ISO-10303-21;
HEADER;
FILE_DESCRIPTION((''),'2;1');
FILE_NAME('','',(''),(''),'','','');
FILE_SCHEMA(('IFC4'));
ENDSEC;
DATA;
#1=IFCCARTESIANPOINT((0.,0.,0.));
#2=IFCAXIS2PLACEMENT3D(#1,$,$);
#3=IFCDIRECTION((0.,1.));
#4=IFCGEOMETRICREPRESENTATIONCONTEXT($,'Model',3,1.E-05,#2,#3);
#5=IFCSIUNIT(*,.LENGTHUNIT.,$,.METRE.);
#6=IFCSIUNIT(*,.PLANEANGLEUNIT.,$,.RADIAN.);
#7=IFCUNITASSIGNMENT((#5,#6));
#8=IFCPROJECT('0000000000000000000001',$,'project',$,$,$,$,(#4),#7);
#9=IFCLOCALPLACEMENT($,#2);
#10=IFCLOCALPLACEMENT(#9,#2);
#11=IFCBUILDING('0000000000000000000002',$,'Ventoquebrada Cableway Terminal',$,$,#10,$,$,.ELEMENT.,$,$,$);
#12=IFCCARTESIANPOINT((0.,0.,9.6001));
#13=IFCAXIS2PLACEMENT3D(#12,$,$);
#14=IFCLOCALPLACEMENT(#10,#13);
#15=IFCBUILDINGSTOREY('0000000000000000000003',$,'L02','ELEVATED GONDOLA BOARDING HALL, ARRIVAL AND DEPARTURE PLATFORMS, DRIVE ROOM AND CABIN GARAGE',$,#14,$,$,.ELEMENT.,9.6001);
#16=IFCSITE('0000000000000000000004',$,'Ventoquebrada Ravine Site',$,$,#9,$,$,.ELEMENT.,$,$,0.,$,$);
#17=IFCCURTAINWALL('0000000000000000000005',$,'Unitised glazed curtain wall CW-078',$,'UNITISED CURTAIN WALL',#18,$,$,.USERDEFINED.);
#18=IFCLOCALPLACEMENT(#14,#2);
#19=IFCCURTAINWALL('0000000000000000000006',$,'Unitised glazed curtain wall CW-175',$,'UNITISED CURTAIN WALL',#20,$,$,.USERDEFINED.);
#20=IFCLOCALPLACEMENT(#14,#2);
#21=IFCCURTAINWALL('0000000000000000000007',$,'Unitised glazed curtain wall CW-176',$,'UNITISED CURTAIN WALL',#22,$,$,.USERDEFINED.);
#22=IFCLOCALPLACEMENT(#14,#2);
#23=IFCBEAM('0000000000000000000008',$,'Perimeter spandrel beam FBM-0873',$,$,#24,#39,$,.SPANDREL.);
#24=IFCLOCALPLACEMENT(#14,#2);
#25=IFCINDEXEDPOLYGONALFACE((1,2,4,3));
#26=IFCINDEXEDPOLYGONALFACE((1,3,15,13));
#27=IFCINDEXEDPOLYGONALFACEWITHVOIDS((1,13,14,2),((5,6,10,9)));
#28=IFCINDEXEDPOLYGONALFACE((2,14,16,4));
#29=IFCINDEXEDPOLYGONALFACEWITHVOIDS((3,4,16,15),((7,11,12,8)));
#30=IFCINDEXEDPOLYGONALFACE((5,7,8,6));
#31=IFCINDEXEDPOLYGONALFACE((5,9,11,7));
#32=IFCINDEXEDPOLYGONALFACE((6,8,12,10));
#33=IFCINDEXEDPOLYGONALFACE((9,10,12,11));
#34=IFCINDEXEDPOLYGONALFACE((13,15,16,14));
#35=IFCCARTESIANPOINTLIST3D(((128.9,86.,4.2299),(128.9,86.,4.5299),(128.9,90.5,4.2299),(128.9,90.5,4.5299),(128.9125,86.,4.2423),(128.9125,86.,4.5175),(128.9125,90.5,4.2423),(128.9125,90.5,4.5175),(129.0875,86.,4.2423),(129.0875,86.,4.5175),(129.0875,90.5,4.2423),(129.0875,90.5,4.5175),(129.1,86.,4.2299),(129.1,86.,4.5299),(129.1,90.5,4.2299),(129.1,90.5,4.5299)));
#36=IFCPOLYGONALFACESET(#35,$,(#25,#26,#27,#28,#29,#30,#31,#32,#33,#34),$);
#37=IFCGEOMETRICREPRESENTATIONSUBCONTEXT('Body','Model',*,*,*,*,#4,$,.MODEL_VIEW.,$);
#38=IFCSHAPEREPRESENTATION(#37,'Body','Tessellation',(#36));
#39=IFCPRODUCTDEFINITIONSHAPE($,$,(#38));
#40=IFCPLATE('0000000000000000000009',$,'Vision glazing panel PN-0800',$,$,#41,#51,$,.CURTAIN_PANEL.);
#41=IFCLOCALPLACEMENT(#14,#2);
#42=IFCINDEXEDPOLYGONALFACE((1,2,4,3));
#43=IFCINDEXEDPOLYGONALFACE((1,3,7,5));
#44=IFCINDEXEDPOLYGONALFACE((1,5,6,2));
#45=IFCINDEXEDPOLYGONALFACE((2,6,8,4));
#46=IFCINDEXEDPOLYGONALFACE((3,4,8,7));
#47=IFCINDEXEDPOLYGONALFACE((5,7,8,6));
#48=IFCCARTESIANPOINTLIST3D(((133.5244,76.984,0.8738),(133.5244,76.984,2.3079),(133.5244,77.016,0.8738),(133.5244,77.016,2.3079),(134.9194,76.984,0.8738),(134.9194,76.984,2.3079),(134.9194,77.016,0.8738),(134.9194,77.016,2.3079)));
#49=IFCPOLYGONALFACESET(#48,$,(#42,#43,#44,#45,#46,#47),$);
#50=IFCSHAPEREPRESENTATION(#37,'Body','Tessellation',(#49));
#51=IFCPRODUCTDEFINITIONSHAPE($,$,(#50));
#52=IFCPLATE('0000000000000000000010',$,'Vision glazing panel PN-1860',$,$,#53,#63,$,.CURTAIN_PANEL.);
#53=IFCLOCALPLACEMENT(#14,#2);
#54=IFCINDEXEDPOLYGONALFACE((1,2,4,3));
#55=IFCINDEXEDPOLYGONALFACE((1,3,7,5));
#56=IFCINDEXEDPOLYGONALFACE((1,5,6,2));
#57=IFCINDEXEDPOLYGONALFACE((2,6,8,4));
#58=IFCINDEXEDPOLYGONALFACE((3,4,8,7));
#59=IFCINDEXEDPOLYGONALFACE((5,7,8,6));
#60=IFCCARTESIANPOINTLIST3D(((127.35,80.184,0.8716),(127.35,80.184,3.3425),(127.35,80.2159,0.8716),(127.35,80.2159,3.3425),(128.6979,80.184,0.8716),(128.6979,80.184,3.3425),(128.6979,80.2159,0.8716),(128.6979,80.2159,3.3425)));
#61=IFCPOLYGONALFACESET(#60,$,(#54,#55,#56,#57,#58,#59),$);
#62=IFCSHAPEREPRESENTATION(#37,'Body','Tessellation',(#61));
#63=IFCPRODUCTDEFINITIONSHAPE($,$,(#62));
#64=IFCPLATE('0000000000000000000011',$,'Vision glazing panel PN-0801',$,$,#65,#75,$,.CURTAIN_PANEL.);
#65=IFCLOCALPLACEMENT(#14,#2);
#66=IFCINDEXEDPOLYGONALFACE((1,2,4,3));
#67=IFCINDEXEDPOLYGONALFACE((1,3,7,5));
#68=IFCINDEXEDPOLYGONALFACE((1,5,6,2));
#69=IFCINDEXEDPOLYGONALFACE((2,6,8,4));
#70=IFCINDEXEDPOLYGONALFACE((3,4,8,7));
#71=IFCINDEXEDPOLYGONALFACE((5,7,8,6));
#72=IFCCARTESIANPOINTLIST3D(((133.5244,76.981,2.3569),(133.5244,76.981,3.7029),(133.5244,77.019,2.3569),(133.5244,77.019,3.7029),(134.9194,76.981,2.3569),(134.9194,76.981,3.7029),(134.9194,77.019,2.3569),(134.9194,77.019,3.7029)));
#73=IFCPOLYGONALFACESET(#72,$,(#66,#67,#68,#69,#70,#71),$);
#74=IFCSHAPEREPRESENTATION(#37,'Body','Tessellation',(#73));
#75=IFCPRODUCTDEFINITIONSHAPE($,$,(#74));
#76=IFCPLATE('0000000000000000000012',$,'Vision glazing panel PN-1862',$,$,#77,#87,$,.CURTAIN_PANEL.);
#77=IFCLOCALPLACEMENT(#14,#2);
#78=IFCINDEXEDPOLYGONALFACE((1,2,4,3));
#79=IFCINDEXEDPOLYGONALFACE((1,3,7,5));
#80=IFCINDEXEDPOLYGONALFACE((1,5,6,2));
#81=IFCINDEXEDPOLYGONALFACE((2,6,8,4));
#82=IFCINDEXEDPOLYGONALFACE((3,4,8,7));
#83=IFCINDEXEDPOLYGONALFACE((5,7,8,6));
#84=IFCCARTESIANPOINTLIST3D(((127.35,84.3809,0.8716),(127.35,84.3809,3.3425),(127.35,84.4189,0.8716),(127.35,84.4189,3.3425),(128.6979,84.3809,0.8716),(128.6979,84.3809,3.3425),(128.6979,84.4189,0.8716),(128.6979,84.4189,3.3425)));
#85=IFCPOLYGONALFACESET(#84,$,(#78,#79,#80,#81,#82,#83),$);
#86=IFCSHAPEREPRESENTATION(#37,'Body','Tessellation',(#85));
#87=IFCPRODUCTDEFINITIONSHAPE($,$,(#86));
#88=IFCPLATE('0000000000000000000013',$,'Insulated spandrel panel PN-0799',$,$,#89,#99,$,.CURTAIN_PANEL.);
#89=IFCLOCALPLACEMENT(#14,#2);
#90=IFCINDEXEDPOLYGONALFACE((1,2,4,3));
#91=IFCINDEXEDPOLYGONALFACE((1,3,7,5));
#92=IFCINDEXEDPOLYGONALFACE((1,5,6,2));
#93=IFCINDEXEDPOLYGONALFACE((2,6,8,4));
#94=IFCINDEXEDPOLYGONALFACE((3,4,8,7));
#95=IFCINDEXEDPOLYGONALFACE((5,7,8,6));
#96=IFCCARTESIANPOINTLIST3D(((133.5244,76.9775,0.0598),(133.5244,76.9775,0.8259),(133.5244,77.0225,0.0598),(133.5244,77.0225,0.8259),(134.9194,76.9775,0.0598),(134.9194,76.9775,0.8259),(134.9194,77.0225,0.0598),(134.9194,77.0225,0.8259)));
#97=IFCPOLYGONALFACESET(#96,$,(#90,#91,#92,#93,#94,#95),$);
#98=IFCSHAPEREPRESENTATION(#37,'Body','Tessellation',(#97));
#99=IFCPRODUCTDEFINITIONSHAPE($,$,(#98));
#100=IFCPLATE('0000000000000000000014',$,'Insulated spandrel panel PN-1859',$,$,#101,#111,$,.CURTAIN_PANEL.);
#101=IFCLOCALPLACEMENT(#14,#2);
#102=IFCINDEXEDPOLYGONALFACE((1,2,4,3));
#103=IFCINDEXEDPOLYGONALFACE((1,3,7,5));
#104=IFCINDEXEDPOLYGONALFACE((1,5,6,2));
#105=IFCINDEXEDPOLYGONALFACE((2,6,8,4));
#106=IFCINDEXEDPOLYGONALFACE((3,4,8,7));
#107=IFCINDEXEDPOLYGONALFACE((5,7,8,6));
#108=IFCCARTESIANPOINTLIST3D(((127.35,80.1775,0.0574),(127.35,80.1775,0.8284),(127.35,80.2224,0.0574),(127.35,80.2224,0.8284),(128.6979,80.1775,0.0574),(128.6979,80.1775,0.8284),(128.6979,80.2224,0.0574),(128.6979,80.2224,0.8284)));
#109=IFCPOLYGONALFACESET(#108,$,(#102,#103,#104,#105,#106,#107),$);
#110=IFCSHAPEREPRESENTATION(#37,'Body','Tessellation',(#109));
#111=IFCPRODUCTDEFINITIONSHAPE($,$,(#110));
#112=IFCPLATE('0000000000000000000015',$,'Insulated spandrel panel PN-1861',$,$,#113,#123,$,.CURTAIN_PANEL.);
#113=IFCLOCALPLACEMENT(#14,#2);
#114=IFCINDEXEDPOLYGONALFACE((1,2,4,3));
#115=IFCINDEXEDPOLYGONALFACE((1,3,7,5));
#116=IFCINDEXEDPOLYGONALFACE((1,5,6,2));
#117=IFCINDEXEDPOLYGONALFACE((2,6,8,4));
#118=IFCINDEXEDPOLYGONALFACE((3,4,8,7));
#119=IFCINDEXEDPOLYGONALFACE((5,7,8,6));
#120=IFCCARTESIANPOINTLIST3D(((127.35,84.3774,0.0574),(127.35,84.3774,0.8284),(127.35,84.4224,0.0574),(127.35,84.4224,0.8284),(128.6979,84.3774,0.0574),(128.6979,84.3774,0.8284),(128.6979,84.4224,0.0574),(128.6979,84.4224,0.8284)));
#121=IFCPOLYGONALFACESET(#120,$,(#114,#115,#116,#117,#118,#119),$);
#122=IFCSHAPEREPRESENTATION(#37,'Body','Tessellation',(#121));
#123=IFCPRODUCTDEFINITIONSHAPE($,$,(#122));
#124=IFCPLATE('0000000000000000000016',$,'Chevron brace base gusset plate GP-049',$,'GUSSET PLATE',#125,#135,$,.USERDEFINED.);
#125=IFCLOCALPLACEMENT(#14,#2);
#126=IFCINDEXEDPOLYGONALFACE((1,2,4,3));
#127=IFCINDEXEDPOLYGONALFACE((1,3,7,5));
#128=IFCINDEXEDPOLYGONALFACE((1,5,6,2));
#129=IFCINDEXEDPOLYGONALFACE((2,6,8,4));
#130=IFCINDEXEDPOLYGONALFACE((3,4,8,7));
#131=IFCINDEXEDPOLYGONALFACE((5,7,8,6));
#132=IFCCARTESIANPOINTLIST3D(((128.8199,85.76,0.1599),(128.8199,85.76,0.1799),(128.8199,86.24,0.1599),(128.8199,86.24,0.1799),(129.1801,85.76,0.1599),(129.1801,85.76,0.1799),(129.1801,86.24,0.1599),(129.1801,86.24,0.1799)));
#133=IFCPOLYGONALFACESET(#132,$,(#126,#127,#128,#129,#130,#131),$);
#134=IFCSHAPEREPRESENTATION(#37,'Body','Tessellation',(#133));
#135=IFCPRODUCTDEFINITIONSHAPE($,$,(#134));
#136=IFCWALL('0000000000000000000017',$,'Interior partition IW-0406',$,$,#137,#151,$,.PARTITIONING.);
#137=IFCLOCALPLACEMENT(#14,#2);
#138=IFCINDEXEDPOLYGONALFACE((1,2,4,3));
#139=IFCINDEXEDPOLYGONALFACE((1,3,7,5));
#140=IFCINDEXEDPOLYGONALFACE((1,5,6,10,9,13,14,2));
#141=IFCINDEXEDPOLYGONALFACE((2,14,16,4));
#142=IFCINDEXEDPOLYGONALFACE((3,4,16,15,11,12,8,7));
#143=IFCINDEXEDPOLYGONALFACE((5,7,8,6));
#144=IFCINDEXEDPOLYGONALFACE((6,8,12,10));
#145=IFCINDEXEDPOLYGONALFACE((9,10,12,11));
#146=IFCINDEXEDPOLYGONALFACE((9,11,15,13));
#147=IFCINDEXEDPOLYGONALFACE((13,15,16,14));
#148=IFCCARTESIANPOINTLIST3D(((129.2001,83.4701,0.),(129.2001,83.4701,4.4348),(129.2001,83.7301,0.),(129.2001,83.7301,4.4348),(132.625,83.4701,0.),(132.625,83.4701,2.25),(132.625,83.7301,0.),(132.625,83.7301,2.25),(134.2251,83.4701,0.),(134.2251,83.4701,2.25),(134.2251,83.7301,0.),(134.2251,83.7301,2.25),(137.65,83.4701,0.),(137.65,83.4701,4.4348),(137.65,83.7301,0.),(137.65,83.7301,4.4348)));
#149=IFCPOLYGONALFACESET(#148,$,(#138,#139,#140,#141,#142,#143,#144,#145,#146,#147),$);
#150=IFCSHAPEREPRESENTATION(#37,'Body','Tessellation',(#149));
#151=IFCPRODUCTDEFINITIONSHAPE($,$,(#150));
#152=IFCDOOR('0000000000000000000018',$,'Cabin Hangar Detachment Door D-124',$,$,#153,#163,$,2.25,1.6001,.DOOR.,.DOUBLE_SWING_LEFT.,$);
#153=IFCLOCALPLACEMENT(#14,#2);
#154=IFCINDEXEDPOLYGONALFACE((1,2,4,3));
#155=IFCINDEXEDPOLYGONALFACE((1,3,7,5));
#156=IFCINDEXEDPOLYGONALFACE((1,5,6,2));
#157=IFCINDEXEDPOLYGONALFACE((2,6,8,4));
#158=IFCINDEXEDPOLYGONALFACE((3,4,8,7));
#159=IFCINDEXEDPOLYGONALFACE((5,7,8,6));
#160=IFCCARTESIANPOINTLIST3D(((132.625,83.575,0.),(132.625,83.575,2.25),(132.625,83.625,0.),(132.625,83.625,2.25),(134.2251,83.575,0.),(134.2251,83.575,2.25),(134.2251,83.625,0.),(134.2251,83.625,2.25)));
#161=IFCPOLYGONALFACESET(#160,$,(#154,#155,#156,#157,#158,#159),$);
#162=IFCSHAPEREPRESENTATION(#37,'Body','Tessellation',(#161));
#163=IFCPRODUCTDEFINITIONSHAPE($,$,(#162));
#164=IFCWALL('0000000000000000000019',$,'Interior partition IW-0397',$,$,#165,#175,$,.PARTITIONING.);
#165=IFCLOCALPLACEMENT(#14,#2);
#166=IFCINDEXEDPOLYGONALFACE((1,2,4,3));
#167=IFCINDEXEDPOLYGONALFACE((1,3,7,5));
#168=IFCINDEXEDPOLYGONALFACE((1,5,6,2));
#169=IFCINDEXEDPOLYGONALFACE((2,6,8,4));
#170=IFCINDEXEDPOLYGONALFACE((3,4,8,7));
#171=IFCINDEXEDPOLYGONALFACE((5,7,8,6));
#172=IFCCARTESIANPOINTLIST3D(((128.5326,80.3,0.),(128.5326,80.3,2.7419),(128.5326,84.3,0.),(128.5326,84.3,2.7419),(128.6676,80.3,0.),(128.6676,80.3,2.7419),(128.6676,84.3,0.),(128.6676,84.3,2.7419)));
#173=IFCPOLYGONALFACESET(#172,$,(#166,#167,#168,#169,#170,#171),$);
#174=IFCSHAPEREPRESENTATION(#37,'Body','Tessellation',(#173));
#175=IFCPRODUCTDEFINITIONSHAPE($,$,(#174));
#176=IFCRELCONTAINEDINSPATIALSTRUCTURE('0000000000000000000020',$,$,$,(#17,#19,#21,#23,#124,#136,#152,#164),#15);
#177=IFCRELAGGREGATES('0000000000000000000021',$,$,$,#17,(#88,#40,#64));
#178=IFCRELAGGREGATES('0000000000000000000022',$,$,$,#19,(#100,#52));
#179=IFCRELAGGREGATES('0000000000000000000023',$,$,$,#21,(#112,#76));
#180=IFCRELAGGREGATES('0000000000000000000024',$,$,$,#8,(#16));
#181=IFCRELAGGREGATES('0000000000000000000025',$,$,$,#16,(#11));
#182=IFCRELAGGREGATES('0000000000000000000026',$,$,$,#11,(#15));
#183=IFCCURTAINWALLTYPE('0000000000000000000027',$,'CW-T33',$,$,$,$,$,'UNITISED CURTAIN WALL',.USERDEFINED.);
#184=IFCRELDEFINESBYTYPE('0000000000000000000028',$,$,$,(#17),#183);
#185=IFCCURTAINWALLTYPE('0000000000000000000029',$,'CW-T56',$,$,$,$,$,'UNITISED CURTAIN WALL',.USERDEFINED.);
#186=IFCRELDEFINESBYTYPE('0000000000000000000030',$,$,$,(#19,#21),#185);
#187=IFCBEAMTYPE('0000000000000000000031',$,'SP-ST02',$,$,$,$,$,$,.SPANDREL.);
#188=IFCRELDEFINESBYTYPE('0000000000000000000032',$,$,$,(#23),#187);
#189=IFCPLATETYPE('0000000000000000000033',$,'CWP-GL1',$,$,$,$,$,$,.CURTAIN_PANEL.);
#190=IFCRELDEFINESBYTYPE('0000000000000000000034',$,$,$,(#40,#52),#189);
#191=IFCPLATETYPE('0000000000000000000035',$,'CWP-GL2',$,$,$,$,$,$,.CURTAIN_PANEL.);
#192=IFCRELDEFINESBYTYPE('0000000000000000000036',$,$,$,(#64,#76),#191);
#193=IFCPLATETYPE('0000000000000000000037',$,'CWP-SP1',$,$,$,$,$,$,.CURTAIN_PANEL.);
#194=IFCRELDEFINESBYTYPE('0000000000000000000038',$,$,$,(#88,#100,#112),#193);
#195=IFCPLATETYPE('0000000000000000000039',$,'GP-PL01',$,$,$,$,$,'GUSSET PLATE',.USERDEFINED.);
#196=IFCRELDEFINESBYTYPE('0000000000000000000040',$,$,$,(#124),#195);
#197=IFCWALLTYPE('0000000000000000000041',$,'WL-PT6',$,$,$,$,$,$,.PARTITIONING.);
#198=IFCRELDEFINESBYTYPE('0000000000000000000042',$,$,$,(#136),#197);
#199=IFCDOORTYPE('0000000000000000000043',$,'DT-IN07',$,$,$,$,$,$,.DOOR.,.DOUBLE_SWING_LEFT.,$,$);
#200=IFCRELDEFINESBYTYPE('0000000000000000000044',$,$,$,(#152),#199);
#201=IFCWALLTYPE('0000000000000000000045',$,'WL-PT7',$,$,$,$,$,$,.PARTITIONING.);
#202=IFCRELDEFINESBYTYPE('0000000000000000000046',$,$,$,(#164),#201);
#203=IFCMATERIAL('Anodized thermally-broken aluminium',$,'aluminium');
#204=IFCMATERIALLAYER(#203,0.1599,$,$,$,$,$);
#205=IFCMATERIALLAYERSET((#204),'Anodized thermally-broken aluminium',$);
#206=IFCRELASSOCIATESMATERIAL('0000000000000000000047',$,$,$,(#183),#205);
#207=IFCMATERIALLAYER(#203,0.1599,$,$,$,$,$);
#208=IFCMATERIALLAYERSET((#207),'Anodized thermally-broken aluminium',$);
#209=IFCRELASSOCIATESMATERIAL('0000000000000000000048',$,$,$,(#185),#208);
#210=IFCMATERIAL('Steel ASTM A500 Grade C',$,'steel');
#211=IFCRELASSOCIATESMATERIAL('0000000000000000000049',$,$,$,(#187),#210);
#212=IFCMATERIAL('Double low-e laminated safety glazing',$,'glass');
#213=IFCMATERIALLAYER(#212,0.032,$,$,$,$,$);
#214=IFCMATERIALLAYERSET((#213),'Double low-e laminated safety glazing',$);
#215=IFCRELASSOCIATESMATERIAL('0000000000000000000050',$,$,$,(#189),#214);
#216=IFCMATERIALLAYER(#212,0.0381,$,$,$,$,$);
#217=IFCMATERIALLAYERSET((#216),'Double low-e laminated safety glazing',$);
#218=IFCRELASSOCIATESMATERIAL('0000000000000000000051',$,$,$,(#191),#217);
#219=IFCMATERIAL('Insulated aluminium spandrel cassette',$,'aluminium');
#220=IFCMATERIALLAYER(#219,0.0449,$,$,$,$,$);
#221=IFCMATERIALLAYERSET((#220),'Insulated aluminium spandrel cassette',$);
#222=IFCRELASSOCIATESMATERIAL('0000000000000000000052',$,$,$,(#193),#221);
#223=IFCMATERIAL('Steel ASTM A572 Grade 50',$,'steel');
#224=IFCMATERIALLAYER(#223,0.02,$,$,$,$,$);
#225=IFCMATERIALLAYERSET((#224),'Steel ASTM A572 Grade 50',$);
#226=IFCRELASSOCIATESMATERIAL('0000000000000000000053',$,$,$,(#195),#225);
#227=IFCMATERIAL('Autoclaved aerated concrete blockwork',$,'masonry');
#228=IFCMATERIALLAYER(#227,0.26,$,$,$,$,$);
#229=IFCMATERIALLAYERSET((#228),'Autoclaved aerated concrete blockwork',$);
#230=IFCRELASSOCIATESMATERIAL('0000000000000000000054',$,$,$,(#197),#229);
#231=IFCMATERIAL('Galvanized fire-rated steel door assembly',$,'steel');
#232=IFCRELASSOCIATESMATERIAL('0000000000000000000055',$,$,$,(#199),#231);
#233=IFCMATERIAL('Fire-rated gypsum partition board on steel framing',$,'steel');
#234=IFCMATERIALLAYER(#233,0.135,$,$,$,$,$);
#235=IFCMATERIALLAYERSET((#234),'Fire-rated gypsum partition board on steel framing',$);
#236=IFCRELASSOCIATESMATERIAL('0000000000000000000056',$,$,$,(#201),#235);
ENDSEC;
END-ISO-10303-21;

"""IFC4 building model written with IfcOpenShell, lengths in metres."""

from ifc_helpers import new_model, si_unit, direction, frame, frame_2d, origin, origin_2d, place, context, subcontext, project, spatial, rectangle, hollow_rectangle, extrude, material, layer, layer_set, material_profile, profile_set, type_object, element, fill, aggregate, save


model = new_model("IFC4")

# Units and contexts
model_context = context("Model", 3, precision=1e-05, world=origin(), true_north=direction((0.0, 1.0)))
body_context = subcontext(model_context, "Body", "Model", "MODEL_VIEW")
ifc_project = project(units=[si_unit("LENGTHUNIT", "METRE"), si_unit("PLANEANGLEUNIT", "RADIAN")], contexts=[model_context])

# Site, building, storey
site_placement = place(None, origin())
site = spatial("IfcSite", under=ifc_project, at=site_placement, Name="Ventoquebrada Ravine Site", CompositionType="ELEMENT", RefElevation=0.0)
building_placement = place(site_placement, origin())
building = spatial("IfcBuilding", under=site, at=building_placement, Name="Ventoquebrada Cableway Terminal", CompositionType="ELEMENT")
storey_placement = place(building_placement, frame((0.0, 0.0, 9.6001)))
storey = spatial("IfcBuildingStorey", under=building, at=storey_placement, Name="L02", Description="ELEVATED GONDOLA BOARDING HALL, ARRIVAL AND DEPARTURE PLATFORMS, DRIVE ROOM AND CABIN GARAGE", CompositionType="ELEMENT", Elevation=9.6001)

# Shared definitions
ifc_material_1 = material(Name="Steel ASTM A500 Grade C", Category="steel")

# Curtain walls
ifc_material_2 = material(Name="Anodized thermally-broken aluminium", Category="aluminium")
ifc_layer_1 = layer(ifc_material_2, 0.1599)
ifc_layer_set_1 = layer_set([ifc_layer_1], Name="Anodized thermally-broken aluminium")
curtain_wall_type_1 = type_object("IfcCurtainWallType", Name="CW-T33", ElementType="UNITISED CURTAIN WALL", PredefinedType="USERDEFINED", material=ifc_layer_set_1)
curtain_wall_1_placement = place(storey_placement, origin())
curtain_wall_1 = element("IfcCurtainWall", 1, at=curtain_wall_1_placement, inside=storey, type_object=curtain_wall_type_1, Name="Unitised glazed curtain wall CW-078", ObjectType="UNITISED CURTAIN WALL", PredefinedType="USERDEFINED")
ifc_layer_2 = layer(ifc_material_2, 0.1599)
ifc_layer_set_2 = layer_set([ifc_layer_2], Name="Anodized thermally-broken aluminium")
curtain_wall_type_2 = type_object("IfcCurtainWallType", Name="CW-T56", ElementType="UNITISED CURTAIN WALL", PredefinedType="USERDEFINED", material=ifc_layer_set_2)
curtain_wall_2_placement = place(storey_placement, origin())
curtain_wall_2 = element("IfcCurtainWall", 2, at=curtain_wall_2_placement, inside=storey, type_object=curtain_wall_type_2, Name="Unitised glazed curtain wall CW-175", ObjectType="UNITISED CURTAIN WALL", PredefinedType="USERDEFINED")
curtain_wall_3_placement = place(storey_placement, origin())
curtain_wall_3 = element("IfcCurtainWall", 3, at=curtain_wall_3_placement, inside=storey, type_object=curtain_wall_type_2, Name="Unitised glazed curtain wall CW-176", ObjectType="UNITISED CURTAIN WALL", PredefinedType="USERDEFINED")

# Beam
ifc_material_profile_1 = material_profile(ifc_material_1, hollow_rectangle(XDim=0.2, YDim=0.3, WallThickness=0.0125, at=origin_2d()), Name="RHS300X200X12.5")
ifc_profile_set_1 = profile_set([ifc_material_profile_1], Name="Steel ASTM A500 Grade C")
beam_type_1 = type_object("IfcBeamType", Name="SP-ST02", PredefinedType="SPANDREL", material=ifc_profile_set_1)
for number, where, z_axis, x_axis, name in (
    (4, (129.0, 86.0, 4.3799), (0.0, 1.0, 0.0), (-1.0, 0.0, 0.0), "Perimeter spandrel beam FBM-0873"),
):
    element("IfcBeam", number, at=place(storey_placement, frame(where, z_axis=z_axis, x_axis=x_axis)), inside=storey, type_object=beam_type_1, Name=name, PredefinedType="SPANDREL", context=body_context, shape_type="SweptSolid", body=[
        extrude(hollow_rectangle(XDim=0.2, YDim=0.3, WallThickness=0.0125, at=origin_2d()), origin(), (0.0, 0.0, 1.0), 4.5),
    ])

# Plates
ifc_material_3 = material(Name="Double low-e laminated safety glazing", Category="glass")
ifc_layer_3 = layer(ifc_material_3, 0.032)
ifc_layer_set_3 = layer_set([ifc_layer_3], Name="Double low-e laminated safety glazing")
plate_type_1 = type_object("IfcPlateType", Name="CWP-GL1", PredefinedType="CURTAIN_PANEL", material=ifc_layer_set_3)
plate_1_placement = place(storey_placement, frame((134.2219, 77.0, 0.8738), z_axis=(0.0, 0.0, 1.0), x_axis=(1.0, 0.0, 0.0)))
plate_1 = element("IfcPlate", 5, at=plate_1_placement, type_object=plate_type_1, Name="Vision glazing panel PN-0800", PredefinedType="CURTAIN_PANEL", context=body_context, shape_type="SweptSolid", body=[
    extrude(rectangle(XDim=1.395, YDim=0.032, at=origin_2d()), origin(), (0.0, 0.0, 1.0), 1.4341),
])
plate_2_placement = place(storey_placement, frame((128.0239, 80.2, 0.8716), z_axis=(0.0, 0.0, 1.0), x_axis=(1.0, 0.0, 0.0)))
plate_2 = element("IfcPlate", 6, at=plate_2_placement, type_object=plate_type_1, Name="Vision glazing panel PN-1860", PredefinedType="CURTAIN_PANEL", context=body_context, shape_type="SweptSolid", body=[
    extrude(rectangle(XDim=1.3479, YDim=0.032, at=origin_2d()), origin(), (0.0, 0.0, 1.0), 2.4709),
])
ifc_layer_4 = layer(ifc_material_3, 0.0381)
ifc_layer_set_4 = layer_set([ifc_layer_4], Name="Double low-e laminated safety glazing")
plate_type_2 = type_object("IfcPlateType", Name="CWP-GL2", PredefinedType="CURTAIN_PANEL", material=ifc_layer_set_4)
plate_3_placement = place(storey_placement, frame((134.2219, 77.0, 2.3569), z_axis=(0.0, 0.0, 1.0), x_axis=(1.0, 0.0, 0.0)))
plate_3 = element("IfcPlate", 7, at=plate_3_placement, type_object=plate_type_2, Name="Vision glazing panel PN-0801", PredefinedType="CURTAIN_PANEL", context=body_context, shape_type="SweptSolid", body=[
    extrude(rectangle(XDim=1.395, YDim=0.0381, at=origin_2d()), origin(), (0.0, 0.0, 1.0), 1.3459),
])
plate_4_placement = place(storey_placement, frame((128.0239, 84.3999, 0.8716), z_axis=(0.0, 0.0, 1.0), x_axis=(-1.0, 0.0, 0.0)))
plate_4 = element("IfcPlate", 8, at=plate_4_placement, type_object=plate_type_2, Name="Vision glazing panel PN-1862", PredefinedType="CURTAIN_PANEL", context=body_context, shape_type="SweptSolid", body=[
    extrude(rectangle(XDim=1.3479, YDim=0.0381, at=origin_2d()), origin(), (0.0, 0.0, 1.0), 2.4709),
])
ifc_material_4 = material(Name="Insulated aluminium spandrel cassette", Category="aluminium")
ifc_layer_5 = layer(ifc_material_4, 0.0449)
ifc_layer_set_5 = layer_set([ifc_layer_5], Name="Insulated aluminium spandrel cassette")
plate_type_3 = type_object("IfcPlateType", Name="CWP-SP1", PredefinedType="CURTAIN_PANEL", material=ifc_layer_set_5)
plate_5_placement = place(storey_placement, frame((134.2219, 77.0, 0.0598), z_axis=(0.0, 0.0, 1.0), x_axis=(1.0, 0.0, 0.0)))
plate_5 = element("IfcPlate", 9, at=plate_5_placement, type_object=plate_type_3, Name="Insulated spandrel panel PN-0799", PredefinedType="CURTAIN_PANEL", context=body_context, shape_type="SweptSolid", body=[
    extrude(rectangle(XDim=1.395, YDim=0.0449, at=origin_2d()), origin(), (0.0, 0.0, 1.0), 0.7661),
])
aggregate(curtain_wall_1, [plate_5, plate_1, plate_3])
plate_6_placement = place(storey_placement, frame((128.0239, 80.2, 0.0574), z_axis=(0.0, 0.0, 1.0), x_axis=(1.0, 0.0, 0.0)))
plate_6 = element("IfcPlate", 10, at=plate_6_placement, type_object=plate_type_3, Name="Insulated spandrel panel PN-1859", PredefinedType="CURTAIN_PANEL", context=body_context, shape_type="SweptSolid", body=[
    extrude(rectangle(XDim=1.3479, YDim=0.0449, at=origin_2d()), origin(), (0.0, 0.0, 1.0), 0.771),
])
aggregate(curtain_wall_2, [plate_6, plate_2])
plate_7_placement = place(storey_placement, frame((128.0239, 84.3999, 0.0574), z_axis=(0.0, 0.0, 1.0), x_axis=(-1.0, 0.0, 0.0)))
plate_7 = element("IfcPlate", 11, at=plate_7_placement, type_object=plate_type_3, Name="Insulated spandrel panel PN-1861", PredefinedType="CURTAIN_PANEL", context=body_context, shape_type="SweptSolid", body=[
    extrude(rectangle(XDim=1.3479, YDim=0.0449, at=origin_2d()), origin(), (0.0, 0.0, 1.0), 0.771),
])
aggregate(curtain_wall_3, [plate_7, plate_4])
ifc_material_5 = material(Name="Steel ASTM A572 Grade 50", Category="steel")
ifc_layer_6 = layer(ifc_material_5, 0.02)
ifc_layer_set_6 = layer_set([ifc_layer_6], Name="Steel ASTM A572 Grade 50")
plate_type_4 = type_object("IfcPlateType", Name="GP-PL01", ElementType="GUSSET PLATE", PredefinedType="USERDEFINED", material=ifc_layer_set_6)
plate_8_placement = place(storey_placement, frame((129.0, 86.0, 0.1599), z_axis=(0.0, 0.0, 1.0), x_axis=(0.0, 1.0, 0.0)))
element("IfcPlate", 12, at=plate_8_placement, inside=storey, type_object=plate_type_4, Name="Chevron brace base gusset plate GP-049", ObjectType="GUSSET PLATE", PredefinedType="USERDEFINED", context=body_context, shape_type="SweptSolid", body=[
    extrude(rectangle(XDim=0.48, YDim=0.3601, at=origin_2d()), origin(), (0.0, 0.0, 1.0), 0.02),
])

# Wall, opening, door
ifc_material_6 = material(Name="Autoclaved aerated concrete blockwork", Category="masonry")
ifc_layer_7 = layer(ifc_material_6, 0.26)
ifc_layer_set_7 = layer_set([ifc_layer_7], Name="Autoclaved aerated concrete blockwork")
wall_type_1 = type_object("IfcWallType", Name="WL-PT6", PredefinedType="PARTITIONING", material=ifc_layer_set_7)
wall_1_placement = place(storey_placement, frame((129.2, 83.6001, 0.0), z_axis=(0.0, 0.0, 1.0), x_axis=(1.0, 0.0, 0.0)))
wall_1 = element("IfcWall", 13, at=wall_1_placement, inside=storey, type_object=wall_type_1, Name="Interior partition IW-0406", PredefinedType="PARTITIONING", context=body_context, shape_type="SweptSolid", body=[
    extrude(rectangle(XDim=8.45, YDim=0.26, at=frame_2d((4.2251, 0.0))), origin(), (0.0, 0.0, 1.0), 4.4348),
])
opening_placement = place(wall_1_placement, frame((3.425, 0.0, 0.0)))
opening = element("IfcOpeningElement", 14, at=opening_placement, cuts=wall_1, PredefinedType="OPENING", context=body_context, shape_type="SweptSolid", body=[
    extrude(rectangle(XDim=1.6001, YDim=2.25, at=frame_2d((0.8, 1.125))), frame((0.0, 0.1399, 0.0), z_axis=(0.0, -1.0, 0.0), x_axis=(1.0, 0.0, 0.0)), (0.0, 0.0, 1.0), 0.28),
])
ifc_material_7 = material(Name="Galvanized fire-rated steel door assembly", Category="steel")
door_type = type_object("IfcDoorType", Name="DT-IN07", OperationType="DOUBLE_SWING_LEFT", PredefinedType="DOOR", material=ifc_material_7)
door_placement = place(opening_placement, origin())
door = element("IfcDoor", 15, at=door_placement, inside=storey, type_object=door_type, Name="Cabin Hangar Detachment Door D-124", OperationType="DOUBLE_SWING_LEFT", OverallHeight=2.25, OverallWidth=1.6001, PredefinedType="DOOR", context=body_context, shape_type="SweptSolid", body=[
    extrude(rectangle(XDim=1.6001, YDim=2.25, at=frame_2d((0.8, 1.125))), frame((0.0, 0.0249, 0.0), z_axis=(0.0, -1.0, 0.0), x_axis=(1.0, 0.0, 0.0)), (0.0, 0.0, 1.0), 0.05),
])
fill(opening, door)

# Wall
ifc_material_8 = material(Name="Fire-rated gypsum partition board on steel framing", Category="steel")
ifc_layer_8 = layer(ifc_material_8, 0.135)
ifc_layer_set_8 = layer_set([ifc_layer_8], Name="Fire-rated gypsum partition board on steel framing")
wall_type_2 = type_object("IfcWallType", Name="WL-PT7", PredefinedType="PARTITIONING", material=ifc_layer_set_8)
wall_2_placement = place(storey_placement, frame((128.6001, 80.3, 0.0), z_axis=(0.0, 0.0, 1.0), x_axis=(0.0, 1.0, 0.0)))
element("IfcWall", 16, at=wall_2_placement, inside=storey, type_object=wall_type_2, Name="Interior partition IW-0397", PredefinedType="PARTITIONING", context=body_context, shape_type="SweptSolid", body=[
    extrude(rectangle(XDim=4.0, YDim=0.135, at=frame_2d((2.0, 0.0))), origin(), (0.0, 0.0, 1.0), 2.7419),
])

save(model, "model.ifc")
